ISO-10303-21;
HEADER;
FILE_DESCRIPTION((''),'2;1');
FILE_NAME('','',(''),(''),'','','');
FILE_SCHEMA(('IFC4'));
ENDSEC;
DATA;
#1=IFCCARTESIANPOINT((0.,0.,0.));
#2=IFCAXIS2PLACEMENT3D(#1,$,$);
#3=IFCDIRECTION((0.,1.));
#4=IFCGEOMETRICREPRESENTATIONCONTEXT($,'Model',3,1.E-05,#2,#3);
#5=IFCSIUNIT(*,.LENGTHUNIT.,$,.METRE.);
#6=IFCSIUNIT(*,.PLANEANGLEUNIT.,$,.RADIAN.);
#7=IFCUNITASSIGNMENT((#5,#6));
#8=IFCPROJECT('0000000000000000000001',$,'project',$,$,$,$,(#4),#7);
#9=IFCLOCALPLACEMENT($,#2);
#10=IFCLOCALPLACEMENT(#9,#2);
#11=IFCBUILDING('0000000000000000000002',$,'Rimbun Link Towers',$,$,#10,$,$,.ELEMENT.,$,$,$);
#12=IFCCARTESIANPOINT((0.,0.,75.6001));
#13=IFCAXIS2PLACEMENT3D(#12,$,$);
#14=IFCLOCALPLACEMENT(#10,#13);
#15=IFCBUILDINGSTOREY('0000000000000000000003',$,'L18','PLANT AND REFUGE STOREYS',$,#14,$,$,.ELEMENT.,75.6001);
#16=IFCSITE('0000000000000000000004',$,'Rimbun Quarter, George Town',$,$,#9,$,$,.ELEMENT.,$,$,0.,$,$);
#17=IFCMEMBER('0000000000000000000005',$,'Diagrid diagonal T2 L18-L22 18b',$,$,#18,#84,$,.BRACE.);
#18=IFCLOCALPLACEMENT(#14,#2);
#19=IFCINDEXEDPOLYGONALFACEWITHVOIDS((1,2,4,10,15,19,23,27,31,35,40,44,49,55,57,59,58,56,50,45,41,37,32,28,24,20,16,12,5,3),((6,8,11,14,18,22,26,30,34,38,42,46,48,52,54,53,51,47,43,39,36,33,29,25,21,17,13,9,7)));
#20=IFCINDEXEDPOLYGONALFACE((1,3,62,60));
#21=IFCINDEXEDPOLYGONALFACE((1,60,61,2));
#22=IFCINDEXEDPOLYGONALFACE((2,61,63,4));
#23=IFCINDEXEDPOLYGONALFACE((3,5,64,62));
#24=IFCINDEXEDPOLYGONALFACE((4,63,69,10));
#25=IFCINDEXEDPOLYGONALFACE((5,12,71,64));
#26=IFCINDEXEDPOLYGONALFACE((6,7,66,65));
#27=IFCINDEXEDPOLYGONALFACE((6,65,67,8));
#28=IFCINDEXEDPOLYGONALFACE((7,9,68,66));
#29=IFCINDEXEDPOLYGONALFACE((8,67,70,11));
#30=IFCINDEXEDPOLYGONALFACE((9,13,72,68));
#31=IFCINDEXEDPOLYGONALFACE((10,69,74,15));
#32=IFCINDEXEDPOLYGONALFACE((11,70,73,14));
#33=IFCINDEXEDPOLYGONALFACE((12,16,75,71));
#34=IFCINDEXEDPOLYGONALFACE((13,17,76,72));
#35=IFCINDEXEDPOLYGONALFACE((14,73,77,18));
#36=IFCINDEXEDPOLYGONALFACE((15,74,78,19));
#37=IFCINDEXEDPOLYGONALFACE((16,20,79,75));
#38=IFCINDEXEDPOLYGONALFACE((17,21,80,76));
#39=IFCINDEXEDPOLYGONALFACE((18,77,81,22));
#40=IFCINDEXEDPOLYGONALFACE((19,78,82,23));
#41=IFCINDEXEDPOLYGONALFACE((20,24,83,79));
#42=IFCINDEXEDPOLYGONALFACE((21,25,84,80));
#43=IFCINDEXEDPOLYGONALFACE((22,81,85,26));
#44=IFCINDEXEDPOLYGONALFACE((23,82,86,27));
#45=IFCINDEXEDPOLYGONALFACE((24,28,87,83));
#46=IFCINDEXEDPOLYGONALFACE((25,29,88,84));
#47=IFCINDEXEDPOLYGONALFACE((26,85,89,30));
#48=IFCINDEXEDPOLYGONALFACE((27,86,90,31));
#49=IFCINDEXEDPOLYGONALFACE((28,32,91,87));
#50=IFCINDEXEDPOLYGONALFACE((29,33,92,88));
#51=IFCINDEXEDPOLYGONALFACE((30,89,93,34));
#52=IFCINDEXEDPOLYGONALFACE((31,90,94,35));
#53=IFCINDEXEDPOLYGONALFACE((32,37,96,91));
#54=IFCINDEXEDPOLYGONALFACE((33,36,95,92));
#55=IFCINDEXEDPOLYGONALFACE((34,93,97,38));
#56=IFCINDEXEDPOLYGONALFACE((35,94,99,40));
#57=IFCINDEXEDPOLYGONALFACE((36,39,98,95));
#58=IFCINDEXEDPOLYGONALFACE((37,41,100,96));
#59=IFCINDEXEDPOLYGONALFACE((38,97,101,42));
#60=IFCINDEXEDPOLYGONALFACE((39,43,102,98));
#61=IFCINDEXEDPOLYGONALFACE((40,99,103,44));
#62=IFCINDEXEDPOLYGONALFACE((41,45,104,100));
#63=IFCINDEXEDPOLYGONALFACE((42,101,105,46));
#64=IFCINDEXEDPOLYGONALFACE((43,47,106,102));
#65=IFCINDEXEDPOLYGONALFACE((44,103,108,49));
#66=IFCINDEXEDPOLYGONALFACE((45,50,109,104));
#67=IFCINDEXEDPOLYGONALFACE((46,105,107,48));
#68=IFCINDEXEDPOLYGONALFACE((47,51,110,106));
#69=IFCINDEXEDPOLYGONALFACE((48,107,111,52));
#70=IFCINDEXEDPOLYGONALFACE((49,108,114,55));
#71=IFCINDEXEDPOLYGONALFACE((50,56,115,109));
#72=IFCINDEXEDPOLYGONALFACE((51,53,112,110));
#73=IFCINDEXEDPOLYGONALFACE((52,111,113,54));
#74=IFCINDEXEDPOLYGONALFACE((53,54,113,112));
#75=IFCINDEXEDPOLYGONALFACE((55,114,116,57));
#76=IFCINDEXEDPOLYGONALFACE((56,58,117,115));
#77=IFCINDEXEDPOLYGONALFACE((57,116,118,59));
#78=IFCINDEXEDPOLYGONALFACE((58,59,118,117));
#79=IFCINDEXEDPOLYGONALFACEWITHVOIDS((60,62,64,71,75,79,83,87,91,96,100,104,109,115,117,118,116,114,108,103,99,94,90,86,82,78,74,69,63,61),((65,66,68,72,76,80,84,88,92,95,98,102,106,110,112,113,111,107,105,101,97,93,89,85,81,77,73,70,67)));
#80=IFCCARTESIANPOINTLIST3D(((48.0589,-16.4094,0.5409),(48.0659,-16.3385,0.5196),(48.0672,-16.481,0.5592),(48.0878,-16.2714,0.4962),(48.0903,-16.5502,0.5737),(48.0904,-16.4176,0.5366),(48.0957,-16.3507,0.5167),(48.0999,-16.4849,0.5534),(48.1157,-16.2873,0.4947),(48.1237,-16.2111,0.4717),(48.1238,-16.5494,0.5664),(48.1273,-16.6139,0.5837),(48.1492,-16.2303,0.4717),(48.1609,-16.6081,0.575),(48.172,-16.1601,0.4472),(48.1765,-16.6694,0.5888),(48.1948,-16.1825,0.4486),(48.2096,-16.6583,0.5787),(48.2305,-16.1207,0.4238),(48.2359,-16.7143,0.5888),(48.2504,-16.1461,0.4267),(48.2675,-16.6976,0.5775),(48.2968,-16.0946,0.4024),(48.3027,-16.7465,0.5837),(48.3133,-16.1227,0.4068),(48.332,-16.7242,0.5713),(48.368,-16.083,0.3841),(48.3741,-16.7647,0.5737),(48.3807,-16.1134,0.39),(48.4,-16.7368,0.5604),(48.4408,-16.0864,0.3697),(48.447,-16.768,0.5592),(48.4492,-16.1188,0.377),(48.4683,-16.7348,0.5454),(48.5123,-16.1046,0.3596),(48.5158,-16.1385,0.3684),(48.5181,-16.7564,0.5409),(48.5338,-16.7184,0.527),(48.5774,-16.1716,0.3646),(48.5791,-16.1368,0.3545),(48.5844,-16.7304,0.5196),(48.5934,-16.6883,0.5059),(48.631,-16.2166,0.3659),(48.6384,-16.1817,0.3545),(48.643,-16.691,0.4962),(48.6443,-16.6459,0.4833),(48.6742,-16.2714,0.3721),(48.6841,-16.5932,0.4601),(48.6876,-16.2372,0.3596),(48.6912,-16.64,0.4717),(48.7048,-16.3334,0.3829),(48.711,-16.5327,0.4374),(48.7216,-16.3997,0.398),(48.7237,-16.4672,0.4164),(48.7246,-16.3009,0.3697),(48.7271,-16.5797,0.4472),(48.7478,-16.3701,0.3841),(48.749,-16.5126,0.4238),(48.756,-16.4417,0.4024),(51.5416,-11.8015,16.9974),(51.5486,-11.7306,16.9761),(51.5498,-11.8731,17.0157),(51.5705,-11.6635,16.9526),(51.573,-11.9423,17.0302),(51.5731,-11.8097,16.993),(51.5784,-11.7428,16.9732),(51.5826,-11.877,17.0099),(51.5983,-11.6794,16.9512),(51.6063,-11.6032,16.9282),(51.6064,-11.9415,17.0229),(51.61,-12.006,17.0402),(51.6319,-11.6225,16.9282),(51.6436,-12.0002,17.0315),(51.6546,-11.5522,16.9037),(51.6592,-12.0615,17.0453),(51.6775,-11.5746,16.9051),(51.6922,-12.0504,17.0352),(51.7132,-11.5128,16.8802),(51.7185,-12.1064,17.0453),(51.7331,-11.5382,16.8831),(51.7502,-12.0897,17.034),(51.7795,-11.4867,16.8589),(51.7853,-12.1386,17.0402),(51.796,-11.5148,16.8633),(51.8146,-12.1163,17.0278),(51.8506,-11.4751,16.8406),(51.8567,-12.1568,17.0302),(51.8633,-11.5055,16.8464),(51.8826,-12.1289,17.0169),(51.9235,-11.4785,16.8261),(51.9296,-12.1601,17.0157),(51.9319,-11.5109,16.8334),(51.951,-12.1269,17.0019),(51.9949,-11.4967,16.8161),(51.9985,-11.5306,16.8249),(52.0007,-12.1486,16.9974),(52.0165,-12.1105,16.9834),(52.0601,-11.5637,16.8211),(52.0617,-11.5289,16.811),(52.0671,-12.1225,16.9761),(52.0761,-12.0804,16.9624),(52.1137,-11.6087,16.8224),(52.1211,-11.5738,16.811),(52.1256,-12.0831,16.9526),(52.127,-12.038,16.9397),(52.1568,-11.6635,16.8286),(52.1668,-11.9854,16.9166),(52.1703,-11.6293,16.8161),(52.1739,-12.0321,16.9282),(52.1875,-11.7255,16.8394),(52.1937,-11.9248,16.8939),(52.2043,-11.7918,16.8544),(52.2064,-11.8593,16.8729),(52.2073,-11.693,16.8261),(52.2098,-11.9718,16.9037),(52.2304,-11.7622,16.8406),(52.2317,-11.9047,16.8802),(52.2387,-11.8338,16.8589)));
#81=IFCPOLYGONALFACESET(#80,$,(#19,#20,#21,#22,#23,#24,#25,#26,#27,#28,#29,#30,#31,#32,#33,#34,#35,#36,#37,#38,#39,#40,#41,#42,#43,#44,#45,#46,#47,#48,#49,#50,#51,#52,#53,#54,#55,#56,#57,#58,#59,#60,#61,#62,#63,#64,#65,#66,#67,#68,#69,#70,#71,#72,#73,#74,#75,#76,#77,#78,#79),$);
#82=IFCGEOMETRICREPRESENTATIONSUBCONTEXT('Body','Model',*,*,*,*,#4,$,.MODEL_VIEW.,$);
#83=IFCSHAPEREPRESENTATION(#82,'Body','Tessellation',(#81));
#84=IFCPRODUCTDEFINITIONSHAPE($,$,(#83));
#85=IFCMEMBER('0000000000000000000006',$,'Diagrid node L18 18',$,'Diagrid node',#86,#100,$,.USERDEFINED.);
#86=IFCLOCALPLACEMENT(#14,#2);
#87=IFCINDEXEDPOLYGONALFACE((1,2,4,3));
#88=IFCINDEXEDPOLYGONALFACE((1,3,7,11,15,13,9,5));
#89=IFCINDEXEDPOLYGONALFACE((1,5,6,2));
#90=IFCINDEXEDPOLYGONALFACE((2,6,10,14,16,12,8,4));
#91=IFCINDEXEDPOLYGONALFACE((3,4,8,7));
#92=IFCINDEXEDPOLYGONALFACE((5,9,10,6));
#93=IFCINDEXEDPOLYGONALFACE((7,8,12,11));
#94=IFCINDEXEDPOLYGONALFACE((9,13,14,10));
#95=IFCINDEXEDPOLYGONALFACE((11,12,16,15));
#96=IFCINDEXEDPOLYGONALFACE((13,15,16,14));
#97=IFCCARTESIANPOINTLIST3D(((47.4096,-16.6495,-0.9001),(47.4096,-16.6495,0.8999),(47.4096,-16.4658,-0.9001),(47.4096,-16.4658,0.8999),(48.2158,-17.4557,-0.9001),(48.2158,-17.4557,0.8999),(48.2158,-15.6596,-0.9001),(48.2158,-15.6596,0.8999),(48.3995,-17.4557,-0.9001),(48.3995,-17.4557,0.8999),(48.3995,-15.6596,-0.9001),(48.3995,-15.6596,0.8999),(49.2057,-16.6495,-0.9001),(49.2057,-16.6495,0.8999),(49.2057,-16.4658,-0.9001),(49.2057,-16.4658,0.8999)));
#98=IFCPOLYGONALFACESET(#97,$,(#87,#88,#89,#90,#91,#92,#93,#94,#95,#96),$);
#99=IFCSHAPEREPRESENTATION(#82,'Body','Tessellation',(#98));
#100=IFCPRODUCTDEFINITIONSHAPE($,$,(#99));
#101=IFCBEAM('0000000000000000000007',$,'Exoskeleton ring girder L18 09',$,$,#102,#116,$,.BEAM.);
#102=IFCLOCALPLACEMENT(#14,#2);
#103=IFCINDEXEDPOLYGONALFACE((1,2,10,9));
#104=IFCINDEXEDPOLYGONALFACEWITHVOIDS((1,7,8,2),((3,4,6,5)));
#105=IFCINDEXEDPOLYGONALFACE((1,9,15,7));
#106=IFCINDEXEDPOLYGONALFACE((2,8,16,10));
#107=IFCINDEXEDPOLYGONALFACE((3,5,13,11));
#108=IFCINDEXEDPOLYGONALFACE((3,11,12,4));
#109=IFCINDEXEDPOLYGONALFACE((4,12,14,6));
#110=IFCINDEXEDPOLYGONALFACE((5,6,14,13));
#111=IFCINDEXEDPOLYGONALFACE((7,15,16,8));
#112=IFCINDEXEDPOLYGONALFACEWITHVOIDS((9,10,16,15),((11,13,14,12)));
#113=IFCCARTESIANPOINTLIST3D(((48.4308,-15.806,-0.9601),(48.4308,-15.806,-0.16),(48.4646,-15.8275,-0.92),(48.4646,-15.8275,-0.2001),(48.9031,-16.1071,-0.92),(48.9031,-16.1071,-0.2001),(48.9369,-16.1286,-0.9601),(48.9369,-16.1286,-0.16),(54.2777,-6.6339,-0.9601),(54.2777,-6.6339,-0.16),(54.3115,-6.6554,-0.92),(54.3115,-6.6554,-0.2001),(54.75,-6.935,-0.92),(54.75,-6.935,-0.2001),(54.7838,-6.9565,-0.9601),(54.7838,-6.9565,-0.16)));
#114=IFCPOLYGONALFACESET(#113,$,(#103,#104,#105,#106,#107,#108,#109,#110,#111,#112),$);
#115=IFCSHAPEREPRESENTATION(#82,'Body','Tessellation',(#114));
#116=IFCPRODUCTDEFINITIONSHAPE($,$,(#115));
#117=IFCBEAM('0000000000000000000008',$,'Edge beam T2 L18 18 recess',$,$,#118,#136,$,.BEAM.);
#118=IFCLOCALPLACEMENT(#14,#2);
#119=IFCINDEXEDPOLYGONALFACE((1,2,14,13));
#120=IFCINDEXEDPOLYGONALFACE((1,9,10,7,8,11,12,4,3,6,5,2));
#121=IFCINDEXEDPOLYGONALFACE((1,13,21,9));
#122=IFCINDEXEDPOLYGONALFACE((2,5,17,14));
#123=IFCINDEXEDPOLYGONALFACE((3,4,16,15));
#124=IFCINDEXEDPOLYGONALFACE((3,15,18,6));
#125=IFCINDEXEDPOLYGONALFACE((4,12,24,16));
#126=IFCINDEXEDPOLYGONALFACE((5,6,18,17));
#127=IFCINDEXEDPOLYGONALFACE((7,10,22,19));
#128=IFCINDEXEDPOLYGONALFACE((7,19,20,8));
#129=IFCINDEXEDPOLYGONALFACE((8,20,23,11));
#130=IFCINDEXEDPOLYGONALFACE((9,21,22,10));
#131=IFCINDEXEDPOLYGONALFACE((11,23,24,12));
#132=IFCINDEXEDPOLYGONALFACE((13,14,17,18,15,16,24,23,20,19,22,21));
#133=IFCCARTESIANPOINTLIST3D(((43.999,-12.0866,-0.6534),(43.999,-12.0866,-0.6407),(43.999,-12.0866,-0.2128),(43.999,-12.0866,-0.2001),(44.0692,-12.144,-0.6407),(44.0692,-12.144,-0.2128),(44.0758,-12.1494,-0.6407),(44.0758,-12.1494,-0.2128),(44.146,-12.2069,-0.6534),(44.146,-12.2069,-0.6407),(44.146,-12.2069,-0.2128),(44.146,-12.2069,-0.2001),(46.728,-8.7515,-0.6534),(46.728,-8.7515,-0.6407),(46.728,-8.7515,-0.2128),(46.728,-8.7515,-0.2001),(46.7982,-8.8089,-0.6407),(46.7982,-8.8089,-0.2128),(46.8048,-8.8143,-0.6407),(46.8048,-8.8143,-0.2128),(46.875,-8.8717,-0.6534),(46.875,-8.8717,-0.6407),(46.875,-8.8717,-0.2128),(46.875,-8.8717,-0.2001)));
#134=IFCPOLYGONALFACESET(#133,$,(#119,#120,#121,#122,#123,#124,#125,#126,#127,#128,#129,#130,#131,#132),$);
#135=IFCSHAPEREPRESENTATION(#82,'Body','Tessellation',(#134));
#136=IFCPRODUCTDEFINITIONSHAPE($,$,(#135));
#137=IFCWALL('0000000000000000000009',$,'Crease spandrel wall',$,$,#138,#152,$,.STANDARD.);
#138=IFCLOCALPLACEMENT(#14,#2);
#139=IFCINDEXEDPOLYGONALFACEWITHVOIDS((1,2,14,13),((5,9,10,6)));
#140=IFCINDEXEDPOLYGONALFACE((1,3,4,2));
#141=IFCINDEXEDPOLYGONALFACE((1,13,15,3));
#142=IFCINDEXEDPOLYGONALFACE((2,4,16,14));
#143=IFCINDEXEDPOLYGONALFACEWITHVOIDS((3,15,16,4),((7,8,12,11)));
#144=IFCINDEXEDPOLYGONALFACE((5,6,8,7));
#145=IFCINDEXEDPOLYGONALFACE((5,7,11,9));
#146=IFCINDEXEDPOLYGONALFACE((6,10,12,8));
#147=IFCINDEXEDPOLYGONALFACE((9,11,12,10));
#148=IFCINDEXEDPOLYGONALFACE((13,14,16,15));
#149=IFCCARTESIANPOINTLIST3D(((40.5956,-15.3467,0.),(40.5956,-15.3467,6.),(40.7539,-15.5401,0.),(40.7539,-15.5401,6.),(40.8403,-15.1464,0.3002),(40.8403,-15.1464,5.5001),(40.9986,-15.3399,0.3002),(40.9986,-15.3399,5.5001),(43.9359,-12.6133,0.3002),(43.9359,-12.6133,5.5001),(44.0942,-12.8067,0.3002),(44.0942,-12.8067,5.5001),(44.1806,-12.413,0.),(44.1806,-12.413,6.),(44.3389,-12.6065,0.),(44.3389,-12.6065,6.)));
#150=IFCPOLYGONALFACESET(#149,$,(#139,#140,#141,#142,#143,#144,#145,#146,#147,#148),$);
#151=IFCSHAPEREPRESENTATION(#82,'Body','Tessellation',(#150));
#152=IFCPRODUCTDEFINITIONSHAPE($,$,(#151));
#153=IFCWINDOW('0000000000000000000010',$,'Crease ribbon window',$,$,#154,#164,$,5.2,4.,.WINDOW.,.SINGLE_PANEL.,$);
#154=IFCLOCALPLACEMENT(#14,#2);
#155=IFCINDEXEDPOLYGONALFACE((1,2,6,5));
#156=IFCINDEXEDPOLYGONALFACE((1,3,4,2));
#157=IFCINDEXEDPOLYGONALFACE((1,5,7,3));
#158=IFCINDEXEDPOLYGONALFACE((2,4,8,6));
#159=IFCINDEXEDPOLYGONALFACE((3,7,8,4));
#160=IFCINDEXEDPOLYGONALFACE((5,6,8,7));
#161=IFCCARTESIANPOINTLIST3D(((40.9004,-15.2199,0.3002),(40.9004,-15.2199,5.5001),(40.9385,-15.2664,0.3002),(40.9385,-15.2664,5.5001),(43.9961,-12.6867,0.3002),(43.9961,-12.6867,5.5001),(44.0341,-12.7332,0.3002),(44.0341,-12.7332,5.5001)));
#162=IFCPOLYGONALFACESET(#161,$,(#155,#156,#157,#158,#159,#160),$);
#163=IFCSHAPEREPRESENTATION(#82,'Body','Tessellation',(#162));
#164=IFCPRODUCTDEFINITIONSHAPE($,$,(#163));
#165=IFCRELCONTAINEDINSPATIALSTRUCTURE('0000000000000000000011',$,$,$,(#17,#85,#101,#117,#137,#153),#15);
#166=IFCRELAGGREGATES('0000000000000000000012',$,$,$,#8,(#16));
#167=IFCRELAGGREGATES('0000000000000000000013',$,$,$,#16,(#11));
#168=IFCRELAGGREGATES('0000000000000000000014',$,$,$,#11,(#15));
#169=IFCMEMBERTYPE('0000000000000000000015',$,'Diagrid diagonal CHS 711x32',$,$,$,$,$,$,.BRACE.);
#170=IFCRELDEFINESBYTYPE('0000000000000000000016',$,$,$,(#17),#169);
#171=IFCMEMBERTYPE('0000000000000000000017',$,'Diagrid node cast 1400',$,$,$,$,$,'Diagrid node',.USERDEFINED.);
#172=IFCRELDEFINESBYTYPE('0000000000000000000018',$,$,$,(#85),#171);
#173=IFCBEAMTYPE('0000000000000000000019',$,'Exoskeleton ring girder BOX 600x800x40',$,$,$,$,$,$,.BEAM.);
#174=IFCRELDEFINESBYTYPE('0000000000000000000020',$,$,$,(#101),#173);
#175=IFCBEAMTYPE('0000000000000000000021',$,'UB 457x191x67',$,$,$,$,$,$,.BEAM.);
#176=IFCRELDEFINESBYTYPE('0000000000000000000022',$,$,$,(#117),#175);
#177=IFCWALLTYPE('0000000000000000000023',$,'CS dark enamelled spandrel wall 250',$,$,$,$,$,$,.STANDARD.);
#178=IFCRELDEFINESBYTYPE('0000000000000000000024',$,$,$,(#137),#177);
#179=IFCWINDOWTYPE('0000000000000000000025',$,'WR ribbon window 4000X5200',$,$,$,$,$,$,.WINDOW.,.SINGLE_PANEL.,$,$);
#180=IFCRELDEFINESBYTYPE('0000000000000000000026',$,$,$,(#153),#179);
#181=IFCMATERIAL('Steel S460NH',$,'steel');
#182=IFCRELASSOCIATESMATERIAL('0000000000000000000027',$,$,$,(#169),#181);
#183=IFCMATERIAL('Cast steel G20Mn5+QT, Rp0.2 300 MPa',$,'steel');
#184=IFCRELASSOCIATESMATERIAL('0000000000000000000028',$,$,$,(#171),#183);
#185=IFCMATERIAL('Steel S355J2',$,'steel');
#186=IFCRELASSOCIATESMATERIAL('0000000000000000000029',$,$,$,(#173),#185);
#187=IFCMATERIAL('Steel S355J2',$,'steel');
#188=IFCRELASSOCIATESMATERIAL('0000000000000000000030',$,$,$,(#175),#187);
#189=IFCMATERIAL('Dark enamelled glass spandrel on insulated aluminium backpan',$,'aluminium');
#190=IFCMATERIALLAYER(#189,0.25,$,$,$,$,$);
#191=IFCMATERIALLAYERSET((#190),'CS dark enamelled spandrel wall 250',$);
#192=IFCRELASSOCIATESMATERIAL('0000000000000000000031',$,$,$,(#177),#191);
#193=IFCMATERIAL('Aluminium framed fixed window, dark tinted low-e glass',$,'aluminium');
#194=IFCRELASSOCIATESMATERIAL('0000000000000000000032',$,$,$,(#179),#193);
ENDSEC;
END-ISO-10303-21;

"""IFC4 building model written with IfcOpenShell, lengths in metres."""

from ifc_helpers import new_model, si_unit, direction, frame, frame_2d, origin, origin_2d, place, context, subcontext, project, spatial, polyline, rectangle, hollow_rectangle, hollow_circle, i_section, outline, extrude, material, layer, layer_set, material_profile, profile_set, type_object, element, fill, save


model = new_model("IFC4")

# Units and contexts
model_context = context("Model", 3, precision=1e-05, world=origin(), true_north=direction((0.0, 1.0)))
body_context = subcontext(model_context, "Body", "Model", "MODEL_VIEW")
ifc_project = project(units=[si_unit("LENGTHUNIT", "METRE"), si_unit("PLANEANGLEUNIT", "RADIAN")], contexts=[model_context])

# Site, building, storey
site_placement = place(None, origin())
site = spatial("IfcSite", under=ifc_project, at=site_placement, Name="Rimbun Quarter, George Town", CompositionType="ELEMENT", RefElevation=0.0)
building_placement = place(site_placement, origin())
building = spatial("IfcBuilding", under=site, at=building_placement, Name="Rimbun Link Towers", CompositionType="ELEMENT")
storey_placement = place(building_placement, frame((0.0, 0.0, 75.6001)))
storey = spatial("IfcBuildingStorey", under=building, at=storey_placement, Name="L18", Description="PLANT AND REFUGE STOREYS", CompositionType="ELEMENT", Elevation=75.6001)

# Members
ifc_material_1 = material(Name="Steel S460NH", Category="steel")
ifc_material_profile_1 = material_profile(ifc_material_1, hollow_circle(Radius=0.3557, WallThickness=0.032, at=origin_2d()), Name="Diagrid diagonal CHS 711x32")
ifc_profile_set_1 = profile_set([ifc_material_profile_1], Name="Steel S460NH")
member_type_1 = type_object("IfcMemberType", Name="Diagrid diagonal CHS 711x32", PredefinedType="BRACE", material=ifc_profile_set_1)
for number, where, z_axis, x_axis, name in (
    (1, (48.4075, -16.4255, 0.4717), (0.199686, 0.264204, 0.943569), (-0.797773, 0.602958, 0.0), "Diagrid diagonal T2 L18-L22 18b"),
):
    element("IfcMember", number, at=place(storey_placement, frame(where, z_axis=z_axis, x_axis=x_axis)), inside=storey, type_object=member_type_1, Name=name, PredefinedType="BRACE", context=body_context, shape_type="SweptSolid", body=[
        extrude(hollow_circle(Radius=0.3557, WallThickness=0.032, at=origin_2d()), origin(), (0.0, 0.0, 1.0), 17.4407),
    ])
ifc_material_2 = material(Name="Cast steel G20Mn5+QT, Rp0.2 300 MPa", Category="steel")
ifc_material_profile_2 = material_profile(ifc_material_2, outline(polyline([(0.7, -0.5701), (0.7, 0.5701), (0.5701, 0.7), (-0.5701, 0.7), (-0.7, 0.5701), (-0.7, -0.5701), (-0.5701, -0.7), (0.5701, -0.7), (0.7, -0.5701)])), Name="NODE 1400x1400")
ifc_profile_set_2 = profile_set([ifc_material_profile_2], Name="Cast steel G20Mn5+QT, Rp0.2 300 MPa")
member_type_2 = type_object("IfcMemberType", Name="Diagrid node cast 1400", ElementType="Diagrid node", PredefinedType="USERDEFINED", material=ifc_profile_set_2)
member_1_placement = place(storey_placement, frame((48.3076, -16.5576, -0.9001), z_axis=(0.0, 0.0, 1.0), x_axis=(0.707107, -0.707107, 0.0)))
element("IfcMember", 2, at=member_1_placement, inside=storey, type_object=member_type_2, Name="Diagrid node L18 18", ObjectType="Diagrid node", PredefinedType="USERDEFINED", context=body_context, shape_type="SweptSolid", body=[
    extrude(outline(polyline([(0.7, -0.5701), (0.7, 0.5701), (0.5701, 0.7), (-0.5701, 0.7), (-0.7, 0.5701), (-0.7, -0.5701), (-0.5701, -0.7), (0.5701, -0.7), (0.7, -0.5701)])), origin(), (0.0, 0.0, 1.0), 1.8),
])

# Beams
ifc_material_3 = material(Name="Steel S355J2", Category="steel")
ifc_material_profile_3 = material_profile(ifc_material_3, hollow_rectangle(XDim=0.6001, YDim=0.8, WallThickness=0.04, at=origin_2d()), Name="Exoskeleton ring girder BOX 600x800x40")
ifc_profile_set_3 = profile_set([ifc_material_profile_3], Name="Steel S355J2")
beam_type_1 = type_object("IfcBeamType", Name="Exoskeleton ring girder BOX 600x800x40", PredefinedType="BEAM", material=ifc_profile_set_3)
beam_1_placement = place(storey_placement, frame((48.6838, -15.9673, -0.5601), z_axis=(0.537538, 0.84324, 0.0), x_axis=(-0.84324, 0.537538, 0.0)))
element("IfcBeam", 3, at=beam_1_placement, inside=storey, type_object=beam_type_1, Name="Exoskeleton ring girder L18 09", PredefinedType="BEAM", context=body_context, shape_type="SweptSolid", body=[
    extrude(hollow_rectangle(XDim=0.6001, YDim=0.8, WallThickness=0.04, at=origin_2d()), origin(), (0.0, 0.0, 1.0), 10.8772),
])
ifc_material_4 = material(Name="Steel S355J2", Category="steel")
ifc_material_profile_4 = material_profile(ifc_material_4, i_section(OverallWidth=0.1899, OverallDepth=0.4534, WebThickness=0.0085, FlangeThickness=0.0127, at=origin_2d()), Name="UB 457x191x67")
ifc_profile_set_4 = profile_set([ifc_material_profile_4], Name="Steel S355J2")
beam_type_2 = type_object("IfcBeamType", Name="UB 457x191x67", PredefinedType="BEAM", material=ifc_profile_set_4)
beam_2_placement = place(storey_placement, frame((44.0725, -12.1467, -0.4268), z_axis=(0.633266, 0.773935, 0.0), x_axis=(-0.773935, 0.633266, 0.0)))
element("IfcBeam", 4, at=beam_2_placement, inside=storey, type_object=beam_type_2, Name="Edge beam T2 L18 18 recess", PredefinedType="BEAM", context=body_context, shape_type="SweptSolid", body=[
    extrude(i_section(OverallWidth=0.1899, OverallDepth=0.4534, WebThickness=0.0085, FlangeThickness=0.0127, at=origin_2d()), origin(), (0.0, 0.0, 1.0), 4.3093),
])

# Wall, opening, window
ifc_material_5 = material(Name="Dark enamelled glass spandrel on insulated aluminium backpan", Category="aluminium")
ifc_layer_1 = layer(ifc_material_5, 0.25)
ifc_layer_set_1 = layer_set([ifc_layer_1], Name="CS dark enamelled spandrel wall 250")
wall_type_1 = type_object("IfcWallType", Name="CS dark enamelled spandrel wall 250", PredefinedType="STANDARD", material=ifc_layer_set_1)
wall_1_placement = place(storey_placement, frame((44.2598, -12.5098, 0.0), z_axis=(0.0, 0.0, 1.0), x_axis=(-0.77391, -0.633295, 0.0)))
wall_1 = element("IfcWall", 5, at=wall_1_placement, inside=storey, type_object=wall_type_1, Name="Crease spandrel wall", PredefinedType="STANDARD", context=body_context, shape_type="SweptSolid", body=[
    extrude(rectangle(XDim=4.6323, YDim=0.25, at=frame_2d((2.3162, 0.0))), origin(), (0.0, 0.0, 1.0), 6.0),
])
opening_1_placement = place(wall_1_placement, frame((0.3162, 0.0, 0.3)))
opening_1 = element("IfcOpeningElement", 6, at=opening_1_placement, cuts=wall_1, PredefinedType="OPENING", context=body_context, shape_type="SweptSolid", body=[
    extrude(rectangle(XDim=4.0, YDim=5.2, at=frame_2d((2.0, 2.6001))), frame((0.0, 0.135, 0.0), z_axis=(0.0, -1.0, 0.0), x_axis=(1.0, 0.0, 0.0)), (0.0, 0.0, 1.0), 0.27),
])
ifc_material_6 = material(Name="Aluminium framed fixed window, dark tinted low-e glass", Category="aluminium")
window_type = type_object("IfcWindowType", Name="WR ribbon window 4000X5200", PartitioningType="SINGLE_PANEL", PredefinedType="WINDOW", material=ifc_material_6)
window_placement = place(opening_1_placement, origin())
window = element("IfcWindow", 7, at=window_placement, inside=storey, type_object=window_type, Name="Crease ribbon window", OverallHeight=5.2, OverallWidth=4.0, PartitioningType="SINGLE_PANEL", PredefinedType="WINDOW", context=body_context, shape_type="SweptSolid", body=[
    extrude(rectangle(XDim=4.0, YDim=5.2, at=frame_2d((2.0, 2.6001))), frame((0.0, 0.03, 0.0), z_axis=(0.0, -1.0, 0.0), x_axis=(1.0, 0.0, 0.0)), (0.0, 0.0, 1.0), 0.0601),
])
fill(opening_1, window)

save(model, "model.ifc")
